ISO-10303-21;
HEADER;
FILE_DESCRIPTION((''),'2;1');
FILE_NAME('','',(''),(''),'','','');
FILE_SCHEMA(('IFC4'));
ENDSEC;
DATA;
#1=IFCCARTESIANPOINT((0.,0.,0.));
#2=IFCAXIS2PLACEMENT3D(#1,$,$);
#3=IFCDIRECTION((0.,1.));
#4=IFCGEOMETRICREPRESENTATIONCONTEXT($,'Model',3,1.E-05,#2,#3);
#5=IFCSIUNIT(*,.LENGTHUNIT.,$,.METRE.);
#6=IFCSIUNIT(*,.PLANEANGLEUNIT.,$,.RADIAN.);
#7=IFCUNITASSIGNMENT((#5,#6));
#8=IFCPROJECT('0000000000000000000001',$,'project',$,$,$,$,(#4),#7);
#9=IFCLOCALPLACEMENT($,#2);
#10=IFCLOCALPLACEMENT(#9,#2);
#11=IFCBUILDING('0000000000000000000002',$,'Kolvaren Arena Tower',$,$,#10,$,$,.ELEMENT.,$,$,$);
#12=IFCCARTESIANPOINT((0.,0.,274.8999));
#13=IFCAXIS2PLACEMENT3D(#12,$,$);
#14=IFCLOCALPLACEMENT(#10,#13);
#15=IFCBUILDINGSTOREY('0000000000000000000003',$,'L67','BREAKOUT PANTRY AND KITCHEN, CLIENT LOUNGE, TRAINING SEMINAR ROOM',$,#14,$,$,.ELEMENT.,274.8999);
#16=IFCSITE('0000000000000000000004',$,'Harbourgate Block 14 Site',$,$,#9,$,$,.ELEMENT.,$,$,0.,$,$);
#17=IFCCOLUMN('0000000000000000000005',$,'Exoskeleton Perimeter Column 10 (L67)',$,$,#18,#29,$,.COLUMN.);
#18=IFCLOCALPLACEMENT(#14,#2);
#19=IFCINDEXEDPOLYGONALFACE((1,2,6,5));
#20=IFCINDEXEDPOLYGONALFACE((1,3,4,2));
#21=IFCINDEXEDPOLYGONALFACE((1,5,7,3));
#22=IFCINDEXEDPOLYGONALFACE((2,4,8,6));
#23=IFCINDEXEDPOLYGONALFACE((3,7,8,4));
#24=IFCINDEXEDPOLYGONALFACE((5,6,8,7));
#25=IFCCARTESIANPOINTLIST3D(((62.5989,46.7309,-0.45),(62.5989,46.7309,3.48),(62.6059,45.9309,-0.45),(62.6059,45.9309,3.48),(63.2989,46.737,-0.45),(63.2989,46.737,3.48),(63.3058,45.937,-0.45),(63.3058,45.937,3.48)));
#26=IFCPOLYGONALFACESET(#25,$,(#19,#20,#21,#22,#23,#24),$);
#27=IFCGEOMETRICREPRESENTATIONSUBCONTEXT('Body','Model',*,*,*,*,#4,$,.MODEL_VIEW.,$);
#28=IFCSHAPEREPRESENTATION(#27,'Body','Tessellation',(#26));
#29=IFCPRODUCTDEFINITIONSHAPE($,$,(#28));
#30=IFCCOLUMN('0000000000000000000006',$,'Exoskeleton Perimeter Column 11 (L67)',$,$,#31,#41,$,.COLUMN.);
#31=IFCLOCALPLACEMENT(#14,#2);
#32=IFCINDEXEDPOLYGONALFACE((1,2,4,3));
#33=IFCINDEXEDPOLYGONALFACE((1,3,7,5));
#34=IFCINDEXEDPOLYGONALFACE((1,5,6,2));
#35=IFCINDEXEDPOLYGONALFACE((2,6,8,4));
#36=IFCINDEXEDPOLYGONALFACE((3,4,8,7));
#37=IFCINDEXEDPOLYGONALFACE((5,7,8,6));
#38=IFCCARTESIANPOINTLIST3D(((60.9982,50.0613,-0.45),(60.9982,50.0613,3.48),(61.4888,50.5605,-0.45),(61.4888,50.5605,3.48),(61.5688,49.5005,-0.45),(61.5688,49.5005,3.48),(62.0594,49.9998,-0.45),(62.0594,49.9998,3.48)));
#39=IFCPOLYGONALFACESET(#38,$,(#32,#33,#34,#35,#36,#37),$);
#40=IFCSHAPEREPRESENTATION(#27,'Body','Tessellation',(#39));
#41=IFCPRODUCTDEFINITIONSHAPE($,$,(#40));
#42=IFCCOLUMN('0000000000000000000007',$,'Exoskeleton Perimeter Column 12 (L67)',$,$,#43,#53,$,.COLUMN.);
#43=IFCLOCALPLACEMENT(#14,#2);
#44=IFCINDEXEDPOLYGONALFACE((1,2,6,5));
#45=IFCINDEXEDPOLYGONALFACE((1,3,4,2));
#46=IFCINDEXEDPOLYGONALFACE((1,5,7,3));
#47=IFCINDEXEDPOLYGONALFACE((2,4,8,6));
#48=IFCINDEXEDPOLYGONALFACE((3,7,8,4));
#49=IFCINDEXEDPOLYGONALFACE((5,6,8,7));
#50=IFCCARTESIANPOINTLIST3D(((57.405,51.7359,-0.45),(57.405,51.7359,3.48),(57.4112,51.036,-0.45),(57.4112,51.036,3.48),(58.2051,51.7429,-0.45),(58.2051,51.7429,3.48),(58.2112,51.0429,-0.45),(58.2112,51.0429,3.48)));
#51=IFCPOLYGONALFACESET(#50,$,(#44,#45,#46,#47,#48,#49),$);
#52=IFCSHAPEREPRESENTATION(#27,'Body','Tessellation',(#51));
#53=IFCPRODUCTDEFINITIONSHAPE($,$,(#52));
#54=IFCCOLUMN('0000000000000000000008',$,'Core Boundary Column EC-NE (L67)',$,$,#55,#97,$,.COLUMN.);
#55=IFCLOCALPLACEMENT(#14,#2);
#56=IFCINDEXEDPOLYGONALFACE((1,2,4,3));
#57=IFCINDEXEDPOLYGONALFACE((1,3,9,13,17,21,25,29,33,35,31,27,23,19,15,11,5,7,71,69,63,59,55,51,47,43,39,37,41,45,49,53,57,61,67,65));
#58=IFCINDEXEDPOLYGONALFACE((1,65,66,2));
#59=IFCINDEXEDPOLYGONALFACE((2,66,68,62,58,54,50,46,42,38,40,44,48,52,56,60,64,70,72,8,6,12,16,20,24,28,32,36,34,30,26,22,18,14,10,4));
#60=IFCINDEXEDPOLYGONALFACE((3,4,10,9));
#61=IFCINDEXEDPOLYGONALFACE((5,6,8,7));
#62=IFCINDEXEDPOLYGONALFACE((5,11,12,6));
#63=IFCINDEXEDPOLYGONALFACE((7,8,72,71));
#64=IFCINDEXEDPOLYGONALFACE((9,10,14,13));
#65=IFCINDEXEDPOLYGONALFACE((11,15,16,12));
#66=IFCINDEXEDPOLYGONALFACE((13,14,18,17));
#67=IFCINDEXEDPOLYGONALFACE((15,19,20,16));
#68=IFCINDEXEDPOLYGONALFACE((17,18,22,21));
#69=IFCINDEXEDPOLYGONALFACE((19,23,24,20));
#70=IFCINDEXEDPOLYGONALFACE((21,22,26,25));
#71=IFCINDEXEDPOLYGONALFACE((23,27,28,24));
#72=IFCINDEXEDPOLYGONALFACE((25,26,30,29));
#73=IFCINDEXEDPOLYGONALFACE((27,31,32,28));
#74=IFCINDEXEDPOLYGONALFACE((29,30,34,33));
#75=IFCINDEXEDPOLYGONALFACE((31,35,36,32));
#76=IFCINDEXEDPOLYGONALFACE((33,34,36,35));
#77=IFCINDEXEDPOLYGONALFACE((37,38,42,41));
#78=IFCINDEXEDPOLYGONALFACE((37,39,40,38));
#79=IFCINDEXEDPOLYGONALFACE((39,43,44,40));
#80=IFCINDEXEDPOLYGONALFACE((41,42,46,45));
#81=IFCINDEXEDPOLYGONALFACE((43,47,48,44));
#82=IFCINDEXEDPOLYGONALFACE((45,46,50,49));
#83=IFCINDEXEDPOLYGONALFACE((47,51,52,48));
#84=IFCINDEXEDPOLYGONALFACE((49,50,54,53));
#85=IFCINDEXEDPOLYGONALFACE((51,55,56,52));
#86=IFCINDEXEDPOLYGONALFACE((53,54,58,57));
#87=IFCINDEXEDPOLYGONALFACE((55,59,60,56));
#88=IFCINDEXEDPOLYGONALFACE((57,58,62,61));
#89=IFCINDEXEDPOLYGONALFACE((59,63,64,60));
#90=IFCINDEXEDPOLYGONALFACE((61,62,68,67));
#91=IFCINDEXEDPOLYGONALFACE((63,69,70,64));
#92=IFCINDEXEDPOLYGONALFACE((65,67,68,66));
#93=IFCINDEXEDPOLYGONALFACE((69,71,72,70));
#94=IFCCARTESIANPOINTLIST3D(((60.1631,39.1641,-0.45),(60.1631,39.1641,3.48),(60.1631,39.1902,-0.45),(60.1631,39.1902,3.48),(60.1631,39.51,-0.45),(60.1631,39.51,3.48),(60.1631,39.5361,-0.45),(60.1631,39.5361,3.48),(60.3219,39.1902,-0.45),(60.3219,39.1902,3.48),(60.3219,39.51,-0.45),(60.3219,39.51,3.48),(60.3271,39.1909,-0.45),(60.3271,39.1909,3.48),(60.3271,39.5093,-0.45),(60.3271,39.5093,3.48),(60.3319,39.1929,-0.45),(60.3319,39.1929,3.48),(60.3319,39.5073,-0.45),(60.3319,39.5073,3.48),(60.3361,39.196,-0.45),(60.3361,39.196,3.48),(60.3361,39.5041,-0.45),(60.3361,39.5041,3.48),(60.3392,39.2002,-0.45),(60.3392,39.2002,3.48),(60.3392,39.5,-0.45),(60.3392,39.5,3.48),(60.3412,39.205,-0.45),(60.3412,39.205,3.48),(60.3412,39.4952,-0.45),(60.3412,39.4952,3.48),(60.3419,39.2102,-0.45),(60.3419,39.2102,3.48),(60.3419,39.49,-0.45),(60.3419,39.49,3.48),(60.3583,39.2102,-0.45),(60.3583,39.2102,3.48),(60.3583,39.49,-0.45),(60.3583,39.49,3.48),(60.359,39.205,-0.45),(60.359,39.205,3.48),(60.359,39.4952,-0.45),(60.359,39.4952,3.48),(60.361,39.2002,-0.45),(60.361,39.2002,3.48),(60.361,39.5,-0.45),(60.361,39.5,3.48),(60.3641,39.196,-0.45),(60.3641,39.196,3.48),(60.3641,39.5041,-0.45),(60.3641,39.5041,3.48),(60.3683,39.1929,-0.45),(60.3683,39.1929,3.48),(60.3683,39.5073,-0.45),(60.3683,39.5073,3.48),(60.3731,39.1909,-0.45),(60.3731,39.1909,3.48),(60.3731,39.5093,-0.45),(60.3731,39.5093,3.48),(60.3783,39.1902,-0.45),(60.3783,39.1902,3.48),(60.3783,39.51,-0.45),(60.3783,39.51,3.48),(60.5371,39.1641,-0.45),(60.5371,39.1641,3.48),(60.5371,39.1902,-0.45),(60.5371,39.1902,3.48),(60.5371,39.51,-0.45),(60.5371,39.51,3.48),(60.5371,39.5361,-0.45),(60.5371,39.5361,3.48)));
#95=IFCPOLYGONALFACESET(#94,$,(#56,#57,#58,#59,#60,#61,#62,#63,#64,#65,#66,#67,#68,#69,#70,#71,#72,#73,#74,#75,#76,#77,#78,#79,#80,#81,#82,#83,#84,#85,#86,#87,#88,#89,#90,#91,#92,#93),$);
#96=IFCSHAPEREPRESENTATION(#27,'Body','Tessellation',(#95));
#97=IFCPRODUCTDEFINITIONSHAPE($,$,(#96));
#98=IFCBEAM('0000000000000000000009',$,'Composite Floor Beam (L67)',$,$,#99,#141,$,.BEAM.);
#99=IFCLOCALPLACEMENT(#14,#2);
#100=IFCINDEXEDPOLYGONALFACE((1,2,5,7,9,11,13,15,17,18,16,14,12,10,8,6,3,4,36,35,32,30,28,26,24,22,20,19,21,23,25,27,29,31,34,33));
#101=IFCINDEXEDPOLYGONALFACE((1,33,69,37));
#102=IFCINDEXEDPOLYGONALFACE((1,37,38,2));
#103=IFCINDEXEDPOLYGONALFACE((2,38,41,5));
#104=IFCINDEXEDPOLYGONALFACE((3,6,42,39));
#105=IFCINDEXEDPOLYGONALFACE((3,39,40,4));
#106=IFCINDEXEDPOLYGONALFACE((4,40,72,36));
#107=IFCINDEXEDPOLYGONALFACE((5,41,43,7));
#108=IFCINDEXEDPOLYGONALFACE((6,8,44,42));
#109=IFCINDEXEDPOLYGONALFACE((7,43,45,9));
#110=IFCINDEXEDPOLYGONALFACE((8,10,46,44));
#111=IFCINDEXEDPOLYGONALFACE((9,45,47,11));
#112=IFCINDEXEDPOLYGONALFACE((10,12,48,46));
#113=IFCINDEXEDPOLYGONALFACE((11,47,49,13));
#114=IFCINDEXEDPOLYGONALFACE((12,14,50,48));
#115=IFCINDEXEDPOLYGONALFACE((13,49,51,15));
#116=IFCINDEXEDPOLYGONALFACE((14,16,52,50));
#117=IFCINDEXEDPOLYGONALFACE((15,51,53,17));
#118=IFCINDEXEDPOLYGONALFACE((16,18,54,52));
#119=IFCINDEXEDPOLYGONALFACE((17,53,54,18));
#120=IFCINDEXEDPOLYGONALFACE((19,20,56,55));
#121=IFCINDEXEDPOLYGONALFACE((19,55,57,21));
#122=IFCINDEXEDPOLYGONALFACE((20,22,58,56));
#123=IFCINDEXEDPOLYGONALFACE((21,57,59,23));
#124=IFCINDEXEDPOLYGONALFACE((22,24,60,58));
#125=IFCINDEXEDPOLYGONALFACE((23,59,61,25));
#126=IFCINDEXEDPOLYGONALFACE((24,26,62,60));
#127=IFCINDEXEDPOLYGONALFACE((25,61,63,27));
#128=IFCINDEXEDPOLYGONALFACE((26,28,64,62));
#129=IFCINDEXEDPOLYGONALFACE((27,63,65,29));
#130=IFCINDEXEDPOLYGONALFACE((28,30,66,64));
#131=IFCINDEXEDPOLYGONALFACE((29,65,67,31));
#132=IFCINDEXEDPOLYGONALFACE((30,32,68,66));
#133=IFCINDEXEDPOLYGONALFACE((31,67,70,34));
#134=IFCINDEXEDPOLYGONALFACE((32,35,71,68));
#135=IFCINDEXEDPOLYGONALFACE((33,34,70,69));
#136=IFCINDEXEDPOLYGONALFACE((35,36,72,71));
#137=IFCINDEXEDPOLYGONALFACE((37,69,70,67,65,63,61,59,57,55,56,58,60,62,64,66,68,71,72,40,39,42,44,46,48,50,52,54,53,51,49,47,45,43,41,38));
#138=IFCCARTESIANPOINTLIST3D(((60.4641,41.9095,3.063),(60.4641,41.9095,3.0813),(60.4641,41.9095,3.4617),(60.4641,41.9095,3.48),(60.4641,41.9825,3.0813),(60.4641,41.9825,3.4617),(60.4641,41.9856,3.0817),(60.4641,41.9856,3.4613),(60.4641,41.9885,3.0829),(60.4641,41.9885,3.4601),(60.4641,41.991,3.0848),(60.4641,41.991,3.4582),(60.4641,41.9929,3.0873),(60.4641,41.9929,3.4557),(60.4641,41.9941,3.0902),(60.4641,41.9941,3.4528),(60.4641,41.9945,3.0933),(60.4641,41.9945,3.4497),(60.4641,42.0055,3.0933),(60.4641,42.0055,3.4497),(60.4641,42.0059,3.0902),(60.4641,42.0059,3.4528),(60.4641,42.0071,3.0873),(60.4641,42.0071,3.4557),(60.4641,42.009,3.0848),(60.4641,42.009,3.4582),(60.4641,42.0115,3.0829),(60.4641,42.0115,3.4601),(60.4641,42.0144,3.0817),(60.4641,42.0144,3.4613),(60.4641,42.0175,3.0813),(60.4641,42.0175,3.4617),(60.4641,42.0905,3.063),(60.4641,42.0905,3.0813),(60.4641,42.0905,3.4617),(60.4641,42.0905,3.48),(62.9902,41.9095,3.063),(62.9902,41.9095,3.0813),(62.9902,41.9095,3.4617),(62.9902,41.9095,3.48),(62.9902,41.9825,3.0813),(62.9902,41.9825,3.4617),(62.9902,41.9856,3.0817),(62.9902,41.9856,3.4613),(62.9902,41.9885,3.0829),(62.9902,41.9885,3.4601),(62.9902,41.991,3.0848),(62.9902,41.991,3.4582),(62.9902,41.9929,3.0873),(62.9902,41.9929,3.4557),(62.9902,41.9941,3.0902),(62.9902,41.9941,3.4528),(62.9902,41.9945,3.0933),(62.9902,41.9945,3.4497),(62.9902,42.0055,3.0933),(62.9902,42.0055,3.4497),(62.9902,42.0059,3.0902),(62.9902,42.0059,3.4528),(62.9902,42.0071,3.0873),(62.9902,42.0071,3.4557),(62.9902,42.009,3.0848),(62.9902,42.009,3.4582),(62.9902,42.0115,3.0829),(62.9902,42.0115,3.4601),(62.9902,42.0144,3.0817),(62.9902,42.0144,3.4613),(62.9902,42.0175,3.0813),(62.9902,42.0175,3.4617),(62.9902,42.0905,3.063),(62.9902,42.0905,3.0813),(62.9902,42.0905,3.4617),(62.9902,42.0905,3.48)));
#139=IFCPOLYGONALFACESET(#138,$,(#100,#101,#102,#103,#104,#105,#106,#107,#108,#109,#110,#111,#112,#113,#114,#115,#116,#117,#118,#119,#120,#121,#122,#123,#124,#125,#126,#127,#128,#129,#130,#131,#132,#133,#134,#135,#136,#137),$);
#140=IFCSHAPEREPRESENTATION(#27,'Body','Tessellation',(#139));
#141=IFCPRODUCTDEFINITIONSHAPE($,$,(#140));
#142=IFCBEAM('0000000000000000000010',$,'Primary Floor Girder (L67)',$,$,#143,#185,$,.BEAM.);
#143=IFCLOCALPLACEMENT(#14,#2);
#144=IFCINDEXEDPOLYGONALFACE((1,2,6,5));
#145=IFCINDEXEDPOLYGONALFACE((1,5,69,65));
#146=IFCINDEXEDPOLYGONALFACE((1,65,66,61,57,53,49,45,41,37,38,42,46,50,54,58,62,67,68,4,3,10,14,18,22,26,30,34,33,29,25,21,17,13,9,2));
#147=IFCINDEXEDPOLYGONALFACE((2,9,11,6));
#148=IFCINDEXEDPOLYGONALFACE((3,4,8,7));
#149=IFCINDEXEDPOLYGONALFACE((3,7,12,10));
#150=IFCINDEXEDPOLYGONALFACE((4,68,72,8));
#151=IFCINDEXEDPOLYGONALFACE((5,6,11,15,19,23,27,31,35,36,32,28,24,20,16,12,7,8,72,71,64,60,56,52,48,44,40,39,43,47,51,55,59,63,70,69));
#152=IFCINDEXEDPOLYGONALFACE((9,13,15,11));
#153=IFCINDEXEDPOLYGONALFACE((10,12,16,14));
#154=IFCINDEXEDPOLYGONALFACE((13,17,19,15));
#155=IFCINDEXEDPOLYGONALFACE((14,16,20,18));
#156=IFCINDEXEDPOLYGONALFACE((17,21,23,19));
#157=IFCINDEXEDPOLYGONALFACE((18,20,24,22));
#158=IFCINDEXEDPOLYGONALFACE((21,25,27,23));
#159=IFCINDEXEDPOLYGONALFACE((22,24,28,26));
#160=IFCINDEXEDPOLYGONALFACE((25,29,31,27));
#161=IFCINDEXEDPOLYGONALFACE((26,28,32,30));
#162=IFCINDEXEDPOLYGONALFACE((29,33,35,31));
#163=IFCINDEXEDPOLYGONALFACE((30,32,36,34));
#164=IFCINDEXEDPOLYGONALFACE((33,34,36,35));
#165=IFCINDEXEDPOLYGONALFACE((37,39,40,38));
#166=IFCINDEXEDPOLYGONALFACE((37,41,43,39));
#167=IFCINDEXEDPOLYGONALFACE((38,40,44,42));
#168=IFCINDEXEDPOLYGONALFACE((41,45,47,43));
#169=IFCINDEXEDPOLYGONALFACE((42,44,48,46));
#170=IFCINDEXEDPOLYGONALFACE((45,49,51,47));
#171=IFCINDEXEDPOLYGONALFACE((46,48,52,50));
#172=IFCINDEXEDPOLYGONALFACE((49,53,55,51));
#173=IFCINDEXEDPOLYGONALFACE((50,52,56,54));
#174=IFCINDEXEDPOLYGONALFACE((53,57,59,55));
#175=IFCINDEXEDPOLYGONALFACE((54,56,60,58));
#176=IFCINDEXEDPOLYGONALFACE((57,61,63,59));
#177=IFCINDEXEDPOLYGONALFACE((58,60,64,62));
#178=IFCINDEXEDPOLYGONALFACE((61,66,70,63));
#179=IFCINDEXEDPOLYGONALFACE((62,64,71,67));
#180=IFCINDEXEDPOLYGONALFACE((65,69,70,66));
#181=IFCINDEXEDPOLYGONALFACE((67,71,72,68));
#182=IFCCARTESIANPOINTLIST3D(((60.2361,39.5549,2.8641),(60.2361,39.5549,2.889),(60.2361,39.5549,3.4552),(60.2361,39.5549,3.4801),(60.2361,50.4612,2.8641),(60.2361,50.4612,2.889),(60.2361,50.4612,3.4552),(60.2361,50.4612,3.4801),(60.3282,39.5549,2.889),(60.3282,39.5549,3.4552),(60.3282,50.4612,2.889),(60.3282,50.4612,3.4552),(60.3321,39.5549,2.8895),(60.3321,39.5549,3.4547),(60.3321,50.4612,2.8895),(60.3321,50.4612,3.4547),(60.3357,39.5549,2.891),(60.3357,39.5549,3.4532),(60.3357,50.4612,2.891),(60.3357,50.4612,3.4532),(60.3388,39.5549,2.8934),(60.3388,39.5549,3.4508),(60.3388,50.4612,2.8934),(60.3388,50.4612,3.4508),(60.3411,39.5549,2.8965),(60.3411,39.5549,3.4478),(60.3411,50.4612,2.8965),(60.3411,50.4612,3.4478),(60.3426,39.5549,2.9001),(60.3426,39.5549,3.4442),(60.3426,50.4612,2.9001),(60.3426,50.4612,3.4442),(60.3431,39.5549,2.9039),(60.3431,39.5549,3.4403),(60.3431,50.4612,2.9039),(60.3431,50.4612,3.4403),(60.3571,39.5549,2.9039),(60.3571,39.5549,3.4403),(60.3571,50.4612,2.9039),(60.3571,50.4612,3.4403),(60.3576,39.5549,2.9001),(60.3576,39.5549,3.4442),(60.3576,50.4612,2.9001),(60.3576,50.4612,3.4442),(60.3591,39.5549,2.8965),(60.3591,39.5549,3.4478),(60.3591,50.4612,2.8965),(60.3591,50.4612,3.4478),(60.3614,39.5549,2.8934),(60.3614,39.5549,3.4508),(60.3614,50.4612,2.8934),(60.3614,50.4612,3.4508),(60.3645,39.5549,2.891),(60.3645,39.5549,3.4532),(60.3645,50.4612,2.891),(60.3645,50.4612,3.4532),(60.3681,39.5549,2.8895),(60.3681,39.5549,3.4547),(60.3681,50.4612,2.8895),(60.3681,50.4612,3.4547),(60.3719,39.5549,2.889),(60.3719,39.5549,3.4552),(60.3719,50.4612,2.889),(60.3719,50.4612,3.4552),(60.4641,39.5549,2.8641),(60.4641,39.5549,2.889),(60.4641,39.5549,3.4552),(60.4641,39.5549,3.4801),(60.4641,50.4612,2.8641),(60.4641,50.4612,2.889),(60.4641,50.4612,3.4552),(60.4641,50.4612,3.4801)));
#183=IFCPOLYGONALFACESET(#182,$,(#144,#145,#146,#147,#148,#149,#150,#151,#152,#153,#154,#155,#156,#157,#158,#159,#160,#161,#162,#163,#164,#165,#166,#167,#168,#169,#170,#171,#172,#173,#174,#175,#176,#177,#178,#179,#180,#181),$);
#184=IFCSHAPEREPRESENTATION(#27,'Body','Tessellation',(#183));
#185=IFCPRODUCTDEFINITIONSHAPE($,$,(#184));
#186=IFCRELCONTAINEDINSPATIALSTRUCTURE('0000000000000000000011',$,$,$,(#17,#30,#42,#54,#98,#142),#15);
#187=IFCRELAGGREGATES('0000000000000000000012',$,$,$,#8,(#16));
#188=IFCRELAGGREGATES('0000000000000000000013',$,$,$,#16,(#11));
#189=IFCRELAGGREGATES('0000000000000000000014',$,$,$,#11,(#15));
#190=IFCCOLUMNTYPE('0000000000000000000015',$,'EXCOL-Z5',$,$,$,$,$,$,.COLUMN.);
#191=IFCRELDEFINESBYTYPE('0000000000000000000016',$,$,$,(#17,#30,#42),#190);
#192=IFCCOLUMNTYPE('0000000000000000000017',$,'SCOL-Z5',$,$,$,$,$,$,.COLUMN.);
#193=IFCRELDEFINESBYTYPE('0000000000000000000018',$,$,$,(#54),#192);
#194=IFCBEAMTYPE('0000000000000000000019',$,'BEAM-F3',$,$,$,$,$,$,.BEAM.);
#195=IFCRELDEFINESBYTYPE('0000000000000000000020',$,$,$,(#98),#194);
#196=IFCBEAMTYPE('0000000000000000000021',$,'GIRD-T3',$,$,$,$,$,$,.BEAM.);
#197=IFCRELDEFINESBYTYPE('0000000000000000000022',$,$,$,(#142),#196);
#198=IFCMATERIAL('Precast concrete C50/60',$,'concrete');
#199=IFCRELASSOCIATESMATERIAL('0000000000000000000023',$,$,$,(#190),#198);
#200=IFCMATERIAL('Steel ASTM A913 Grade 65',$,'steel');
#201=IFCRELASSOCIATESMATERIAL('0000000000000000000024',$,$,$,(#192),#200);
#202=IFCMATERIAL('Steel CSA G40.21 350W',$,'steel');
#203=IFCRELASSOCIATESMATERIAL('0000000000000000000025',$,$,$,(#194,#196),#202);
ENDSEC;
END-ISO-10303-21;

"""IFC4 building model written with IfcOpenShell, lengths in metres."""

from ifc_helpers import new_model, si_unit, direction, frame, origin, origin_2d, place, context, subcontext, project, spatial, rectangle, i_section, extrude, material, material_profile, profile_set, type_object, element, save


model = new_model("IFC4")

# Units and contexts
model_context = context("Model", 3, precision=1e-05, world=origin(), true_north=direction((0.0, 1.0)))
body_context = subcontext(model_context, "Body", "Model", "MODEL_VIEW")
ifc_project = project(units=[si_unit("LENGTHUNIT", "METRE"), si_unit("PLANEANGLEUNIT", "RADIAN")], contexts=[model_context])

# Site, building, storey
site_placement = place(None, origin())
site = spatial("IfcSite", under=ifc_project, at=site_placement, Name="Harbourgate Block 14 Site", CompositionType="ELEMENT", RefElevation=0.0)
building_placement = place(site_placement, origin())
building = spatial("IfcBuilding", under=site, at=building_placement, Name="Kolvaren Arena Tower", CompositionType="ELEMENT")
storey_placement = place(building_placement, frame((0.0, 0.0, 274.8999)))
storey = spatial("IfcBuildingStorey", under=building, at=storey_placement, Name="L67", Description="BREAKOUT PANTRY AND KITCHEN, CLIENT LOUNGE, TRAINING SEMINAR ROOM", CompositionType="ELEMENT", Elevation=274.8999)

# Columns
ifc_material_1 = material(Name="Precast concrete C50/60", Category="concrete")
ifc_material_profile_1 = material_profile(ifc_material_1, rectangle(XDim=0.8, YDim=0.7, at=origin_2d()), Name="RC-800x700")
ifc_profile_set_1 = profile_set([ifc_material_profile_1], Name="Precast concrete C50/60")
column_type_1 = type_object("IfcColumnType", Name="EXCOL-Z5", PredefinedType="COLUMN", material=ifc_profile_set_1)
for number, where, z_axis, x_axis, name in (
    (1, (62.9524, 46.334, -0.45), (0.0, 0.0, 1.0), (-0.008727, 0.999962, 0.0), "Exoskeleton Perimeter Column 10 (L67)"),
    (2, (61.5288, 50.0305, -0.45), (0.0, 0.0, 1.0), (-0.71325, 0.700909, 0.0), "Exoskeleton Perimeter Column 11 (L67)"),
    (3, (57.8081, 51.3894, -0.45), (0.0, 0.0, 1.0), (0.999962, 0.008727, 0.0), "Exoskeleton Perimeter Column 12 (L67)"),
):
    element("IfcColumn", number, at=place(storey_placement, frame(where, z_axis=z_axis, x_axis=x_axis)), inside=storey, type_object=column_type_1, Name=name, PredefinedType="COLUMN", context=body_context, shape_type="SweptSolid", body=[
        extrude(rectangle(XDim=0.8, YDim=0.7, at=origin_2d()), origin(), (0.0, 0.0, 1.0), 3.9299),
    ])
ifc_material_2 = material(Name="Steel ASTM A913 Grade 65", Category="steel")
ifc_material_profile_2 = material_profile(ifc_material_2, i_section(OverallWidth=0.374, OverallDepth=0.3721, WebThickness=0.0164, FlangeThickness=0.0261, FilletRadius=0.02, at=origin_2d()), Name="W360x196")
ifc_profile_set_2 = profile_set([ifc_material_profile_2], Name="Steel ASTM A913 Grade 65")
column_type_2 = type_object("IfcColumnType", Name="SCOL-Z5", PredefinedType="COLUMN", material=ifc_profile_set_2)
column_placement = place(storey_placement, frame((60.3501, 39.3501, -0.45), z_axis=(0.0, 0.0, 1.0), x_axis=(1.0, 0.0, 0.0)))
element("IfcColumn", 4, at=column_placement, inside=storey, type_object=column_type_2, Name="Core Boundary Column EC-NE (L67)", PredefinedType="COLUMN", context=body_context, shape_type="SweptSolid", body=[
    extrude(i_section(OverallWidth=0.374, OverallDepth=0.3721, WebThickness=0.0164, FlangeThickness=0.0261, FilletRadius=0.02, at=origin_2d()), origin(), (0.0, 0.0, 1.0), 3.9299),
])

# Beams
ifc_material_3 = material(Name="Steel CSA G40.21 350W", Category="steel")
ifc_material_profile_3 = material_profile(ifc_material_3, i_section(OverallWidth=0.1809, OverallDepth=0.417, WebThickness=0.011, FlangeThickness=0.0183, FilletRadius=0.012, at=origin_2d()), Name="W410x85")
ifc_profile_set_3 = profile_set([ifc_material_profile_3], Name="Steel CSA G40.21 350W")
beam_type_1 = type_object("IfcBeamType", Name="BEAM-F3", PredefinedType="BEAM", material=ifc_profile_set_3)
beam_1_placement = place(storey_placement, frame((60.4641, 42.0, 3.2715), z_axis=(1.0, 0.0, 0.0), x_axis=(0.0, 1.0, 0.0)))
element("IfcBeam", 5, at=beam_1_placement, inside=storey, type_object=beam_type_1, Name="Composite Floor Beam (L67)", PredefinedType="BEAM", context=body_context, shape_type="SweptSolid", body=[
    extrude(i_section(OverallWidth=0.1809, OverallDepth=0.417, WebThickness=0.011, FlangeThickness=0.0183, FilletRadius=0.012, at=origin_2d()), origin(), (0.0, 0.0, 1.0), 2.5261),
])
ifc_material_profile_4 = material_profile(ifc_material_3, i_section(OverallWidth=0.228, OverallDepth=0.616, WebThickness=0.0139, FlangeThickness=0.0249, FilletRadius=0.0149, at=origin_2d()), Name="W610x174")
ifc_profile_set_4 = profile_set([ifc_material_profile_4], Name="Steel CSA G40.21 350W")
beam_type_2 = type_object("IfcBeamType", Name="GIRD-T3", PredefinedType="BEAM", material=ifc_profile_set_4)
beam_2_placement = place(storey_placement, frame((60.3501, 39.5549, 3.1721), z_axis=(0.0, 1.0, 0.0), x_axis=(-1.0, 0.0, 0.0)))
element("IfcBeam", 6, at=beam_2_placement, inside=storey, type_object=beam_type_2, Name="Primary Floor Girder (L67)", PredefinedType="BEAM", context=body_context, shape_type="SweptSolid", body=[
    extrude(i_section(OverallWidth=0.228, OverallDepth=0.616, WebThickness=0.0139, FlangeThickness=0.0249, FilletRadius=0.0149, at=origin_2d()), origin(), (0.0, 0.0, 1.0), 10.9062),
])

save(model, "model.ifc")
